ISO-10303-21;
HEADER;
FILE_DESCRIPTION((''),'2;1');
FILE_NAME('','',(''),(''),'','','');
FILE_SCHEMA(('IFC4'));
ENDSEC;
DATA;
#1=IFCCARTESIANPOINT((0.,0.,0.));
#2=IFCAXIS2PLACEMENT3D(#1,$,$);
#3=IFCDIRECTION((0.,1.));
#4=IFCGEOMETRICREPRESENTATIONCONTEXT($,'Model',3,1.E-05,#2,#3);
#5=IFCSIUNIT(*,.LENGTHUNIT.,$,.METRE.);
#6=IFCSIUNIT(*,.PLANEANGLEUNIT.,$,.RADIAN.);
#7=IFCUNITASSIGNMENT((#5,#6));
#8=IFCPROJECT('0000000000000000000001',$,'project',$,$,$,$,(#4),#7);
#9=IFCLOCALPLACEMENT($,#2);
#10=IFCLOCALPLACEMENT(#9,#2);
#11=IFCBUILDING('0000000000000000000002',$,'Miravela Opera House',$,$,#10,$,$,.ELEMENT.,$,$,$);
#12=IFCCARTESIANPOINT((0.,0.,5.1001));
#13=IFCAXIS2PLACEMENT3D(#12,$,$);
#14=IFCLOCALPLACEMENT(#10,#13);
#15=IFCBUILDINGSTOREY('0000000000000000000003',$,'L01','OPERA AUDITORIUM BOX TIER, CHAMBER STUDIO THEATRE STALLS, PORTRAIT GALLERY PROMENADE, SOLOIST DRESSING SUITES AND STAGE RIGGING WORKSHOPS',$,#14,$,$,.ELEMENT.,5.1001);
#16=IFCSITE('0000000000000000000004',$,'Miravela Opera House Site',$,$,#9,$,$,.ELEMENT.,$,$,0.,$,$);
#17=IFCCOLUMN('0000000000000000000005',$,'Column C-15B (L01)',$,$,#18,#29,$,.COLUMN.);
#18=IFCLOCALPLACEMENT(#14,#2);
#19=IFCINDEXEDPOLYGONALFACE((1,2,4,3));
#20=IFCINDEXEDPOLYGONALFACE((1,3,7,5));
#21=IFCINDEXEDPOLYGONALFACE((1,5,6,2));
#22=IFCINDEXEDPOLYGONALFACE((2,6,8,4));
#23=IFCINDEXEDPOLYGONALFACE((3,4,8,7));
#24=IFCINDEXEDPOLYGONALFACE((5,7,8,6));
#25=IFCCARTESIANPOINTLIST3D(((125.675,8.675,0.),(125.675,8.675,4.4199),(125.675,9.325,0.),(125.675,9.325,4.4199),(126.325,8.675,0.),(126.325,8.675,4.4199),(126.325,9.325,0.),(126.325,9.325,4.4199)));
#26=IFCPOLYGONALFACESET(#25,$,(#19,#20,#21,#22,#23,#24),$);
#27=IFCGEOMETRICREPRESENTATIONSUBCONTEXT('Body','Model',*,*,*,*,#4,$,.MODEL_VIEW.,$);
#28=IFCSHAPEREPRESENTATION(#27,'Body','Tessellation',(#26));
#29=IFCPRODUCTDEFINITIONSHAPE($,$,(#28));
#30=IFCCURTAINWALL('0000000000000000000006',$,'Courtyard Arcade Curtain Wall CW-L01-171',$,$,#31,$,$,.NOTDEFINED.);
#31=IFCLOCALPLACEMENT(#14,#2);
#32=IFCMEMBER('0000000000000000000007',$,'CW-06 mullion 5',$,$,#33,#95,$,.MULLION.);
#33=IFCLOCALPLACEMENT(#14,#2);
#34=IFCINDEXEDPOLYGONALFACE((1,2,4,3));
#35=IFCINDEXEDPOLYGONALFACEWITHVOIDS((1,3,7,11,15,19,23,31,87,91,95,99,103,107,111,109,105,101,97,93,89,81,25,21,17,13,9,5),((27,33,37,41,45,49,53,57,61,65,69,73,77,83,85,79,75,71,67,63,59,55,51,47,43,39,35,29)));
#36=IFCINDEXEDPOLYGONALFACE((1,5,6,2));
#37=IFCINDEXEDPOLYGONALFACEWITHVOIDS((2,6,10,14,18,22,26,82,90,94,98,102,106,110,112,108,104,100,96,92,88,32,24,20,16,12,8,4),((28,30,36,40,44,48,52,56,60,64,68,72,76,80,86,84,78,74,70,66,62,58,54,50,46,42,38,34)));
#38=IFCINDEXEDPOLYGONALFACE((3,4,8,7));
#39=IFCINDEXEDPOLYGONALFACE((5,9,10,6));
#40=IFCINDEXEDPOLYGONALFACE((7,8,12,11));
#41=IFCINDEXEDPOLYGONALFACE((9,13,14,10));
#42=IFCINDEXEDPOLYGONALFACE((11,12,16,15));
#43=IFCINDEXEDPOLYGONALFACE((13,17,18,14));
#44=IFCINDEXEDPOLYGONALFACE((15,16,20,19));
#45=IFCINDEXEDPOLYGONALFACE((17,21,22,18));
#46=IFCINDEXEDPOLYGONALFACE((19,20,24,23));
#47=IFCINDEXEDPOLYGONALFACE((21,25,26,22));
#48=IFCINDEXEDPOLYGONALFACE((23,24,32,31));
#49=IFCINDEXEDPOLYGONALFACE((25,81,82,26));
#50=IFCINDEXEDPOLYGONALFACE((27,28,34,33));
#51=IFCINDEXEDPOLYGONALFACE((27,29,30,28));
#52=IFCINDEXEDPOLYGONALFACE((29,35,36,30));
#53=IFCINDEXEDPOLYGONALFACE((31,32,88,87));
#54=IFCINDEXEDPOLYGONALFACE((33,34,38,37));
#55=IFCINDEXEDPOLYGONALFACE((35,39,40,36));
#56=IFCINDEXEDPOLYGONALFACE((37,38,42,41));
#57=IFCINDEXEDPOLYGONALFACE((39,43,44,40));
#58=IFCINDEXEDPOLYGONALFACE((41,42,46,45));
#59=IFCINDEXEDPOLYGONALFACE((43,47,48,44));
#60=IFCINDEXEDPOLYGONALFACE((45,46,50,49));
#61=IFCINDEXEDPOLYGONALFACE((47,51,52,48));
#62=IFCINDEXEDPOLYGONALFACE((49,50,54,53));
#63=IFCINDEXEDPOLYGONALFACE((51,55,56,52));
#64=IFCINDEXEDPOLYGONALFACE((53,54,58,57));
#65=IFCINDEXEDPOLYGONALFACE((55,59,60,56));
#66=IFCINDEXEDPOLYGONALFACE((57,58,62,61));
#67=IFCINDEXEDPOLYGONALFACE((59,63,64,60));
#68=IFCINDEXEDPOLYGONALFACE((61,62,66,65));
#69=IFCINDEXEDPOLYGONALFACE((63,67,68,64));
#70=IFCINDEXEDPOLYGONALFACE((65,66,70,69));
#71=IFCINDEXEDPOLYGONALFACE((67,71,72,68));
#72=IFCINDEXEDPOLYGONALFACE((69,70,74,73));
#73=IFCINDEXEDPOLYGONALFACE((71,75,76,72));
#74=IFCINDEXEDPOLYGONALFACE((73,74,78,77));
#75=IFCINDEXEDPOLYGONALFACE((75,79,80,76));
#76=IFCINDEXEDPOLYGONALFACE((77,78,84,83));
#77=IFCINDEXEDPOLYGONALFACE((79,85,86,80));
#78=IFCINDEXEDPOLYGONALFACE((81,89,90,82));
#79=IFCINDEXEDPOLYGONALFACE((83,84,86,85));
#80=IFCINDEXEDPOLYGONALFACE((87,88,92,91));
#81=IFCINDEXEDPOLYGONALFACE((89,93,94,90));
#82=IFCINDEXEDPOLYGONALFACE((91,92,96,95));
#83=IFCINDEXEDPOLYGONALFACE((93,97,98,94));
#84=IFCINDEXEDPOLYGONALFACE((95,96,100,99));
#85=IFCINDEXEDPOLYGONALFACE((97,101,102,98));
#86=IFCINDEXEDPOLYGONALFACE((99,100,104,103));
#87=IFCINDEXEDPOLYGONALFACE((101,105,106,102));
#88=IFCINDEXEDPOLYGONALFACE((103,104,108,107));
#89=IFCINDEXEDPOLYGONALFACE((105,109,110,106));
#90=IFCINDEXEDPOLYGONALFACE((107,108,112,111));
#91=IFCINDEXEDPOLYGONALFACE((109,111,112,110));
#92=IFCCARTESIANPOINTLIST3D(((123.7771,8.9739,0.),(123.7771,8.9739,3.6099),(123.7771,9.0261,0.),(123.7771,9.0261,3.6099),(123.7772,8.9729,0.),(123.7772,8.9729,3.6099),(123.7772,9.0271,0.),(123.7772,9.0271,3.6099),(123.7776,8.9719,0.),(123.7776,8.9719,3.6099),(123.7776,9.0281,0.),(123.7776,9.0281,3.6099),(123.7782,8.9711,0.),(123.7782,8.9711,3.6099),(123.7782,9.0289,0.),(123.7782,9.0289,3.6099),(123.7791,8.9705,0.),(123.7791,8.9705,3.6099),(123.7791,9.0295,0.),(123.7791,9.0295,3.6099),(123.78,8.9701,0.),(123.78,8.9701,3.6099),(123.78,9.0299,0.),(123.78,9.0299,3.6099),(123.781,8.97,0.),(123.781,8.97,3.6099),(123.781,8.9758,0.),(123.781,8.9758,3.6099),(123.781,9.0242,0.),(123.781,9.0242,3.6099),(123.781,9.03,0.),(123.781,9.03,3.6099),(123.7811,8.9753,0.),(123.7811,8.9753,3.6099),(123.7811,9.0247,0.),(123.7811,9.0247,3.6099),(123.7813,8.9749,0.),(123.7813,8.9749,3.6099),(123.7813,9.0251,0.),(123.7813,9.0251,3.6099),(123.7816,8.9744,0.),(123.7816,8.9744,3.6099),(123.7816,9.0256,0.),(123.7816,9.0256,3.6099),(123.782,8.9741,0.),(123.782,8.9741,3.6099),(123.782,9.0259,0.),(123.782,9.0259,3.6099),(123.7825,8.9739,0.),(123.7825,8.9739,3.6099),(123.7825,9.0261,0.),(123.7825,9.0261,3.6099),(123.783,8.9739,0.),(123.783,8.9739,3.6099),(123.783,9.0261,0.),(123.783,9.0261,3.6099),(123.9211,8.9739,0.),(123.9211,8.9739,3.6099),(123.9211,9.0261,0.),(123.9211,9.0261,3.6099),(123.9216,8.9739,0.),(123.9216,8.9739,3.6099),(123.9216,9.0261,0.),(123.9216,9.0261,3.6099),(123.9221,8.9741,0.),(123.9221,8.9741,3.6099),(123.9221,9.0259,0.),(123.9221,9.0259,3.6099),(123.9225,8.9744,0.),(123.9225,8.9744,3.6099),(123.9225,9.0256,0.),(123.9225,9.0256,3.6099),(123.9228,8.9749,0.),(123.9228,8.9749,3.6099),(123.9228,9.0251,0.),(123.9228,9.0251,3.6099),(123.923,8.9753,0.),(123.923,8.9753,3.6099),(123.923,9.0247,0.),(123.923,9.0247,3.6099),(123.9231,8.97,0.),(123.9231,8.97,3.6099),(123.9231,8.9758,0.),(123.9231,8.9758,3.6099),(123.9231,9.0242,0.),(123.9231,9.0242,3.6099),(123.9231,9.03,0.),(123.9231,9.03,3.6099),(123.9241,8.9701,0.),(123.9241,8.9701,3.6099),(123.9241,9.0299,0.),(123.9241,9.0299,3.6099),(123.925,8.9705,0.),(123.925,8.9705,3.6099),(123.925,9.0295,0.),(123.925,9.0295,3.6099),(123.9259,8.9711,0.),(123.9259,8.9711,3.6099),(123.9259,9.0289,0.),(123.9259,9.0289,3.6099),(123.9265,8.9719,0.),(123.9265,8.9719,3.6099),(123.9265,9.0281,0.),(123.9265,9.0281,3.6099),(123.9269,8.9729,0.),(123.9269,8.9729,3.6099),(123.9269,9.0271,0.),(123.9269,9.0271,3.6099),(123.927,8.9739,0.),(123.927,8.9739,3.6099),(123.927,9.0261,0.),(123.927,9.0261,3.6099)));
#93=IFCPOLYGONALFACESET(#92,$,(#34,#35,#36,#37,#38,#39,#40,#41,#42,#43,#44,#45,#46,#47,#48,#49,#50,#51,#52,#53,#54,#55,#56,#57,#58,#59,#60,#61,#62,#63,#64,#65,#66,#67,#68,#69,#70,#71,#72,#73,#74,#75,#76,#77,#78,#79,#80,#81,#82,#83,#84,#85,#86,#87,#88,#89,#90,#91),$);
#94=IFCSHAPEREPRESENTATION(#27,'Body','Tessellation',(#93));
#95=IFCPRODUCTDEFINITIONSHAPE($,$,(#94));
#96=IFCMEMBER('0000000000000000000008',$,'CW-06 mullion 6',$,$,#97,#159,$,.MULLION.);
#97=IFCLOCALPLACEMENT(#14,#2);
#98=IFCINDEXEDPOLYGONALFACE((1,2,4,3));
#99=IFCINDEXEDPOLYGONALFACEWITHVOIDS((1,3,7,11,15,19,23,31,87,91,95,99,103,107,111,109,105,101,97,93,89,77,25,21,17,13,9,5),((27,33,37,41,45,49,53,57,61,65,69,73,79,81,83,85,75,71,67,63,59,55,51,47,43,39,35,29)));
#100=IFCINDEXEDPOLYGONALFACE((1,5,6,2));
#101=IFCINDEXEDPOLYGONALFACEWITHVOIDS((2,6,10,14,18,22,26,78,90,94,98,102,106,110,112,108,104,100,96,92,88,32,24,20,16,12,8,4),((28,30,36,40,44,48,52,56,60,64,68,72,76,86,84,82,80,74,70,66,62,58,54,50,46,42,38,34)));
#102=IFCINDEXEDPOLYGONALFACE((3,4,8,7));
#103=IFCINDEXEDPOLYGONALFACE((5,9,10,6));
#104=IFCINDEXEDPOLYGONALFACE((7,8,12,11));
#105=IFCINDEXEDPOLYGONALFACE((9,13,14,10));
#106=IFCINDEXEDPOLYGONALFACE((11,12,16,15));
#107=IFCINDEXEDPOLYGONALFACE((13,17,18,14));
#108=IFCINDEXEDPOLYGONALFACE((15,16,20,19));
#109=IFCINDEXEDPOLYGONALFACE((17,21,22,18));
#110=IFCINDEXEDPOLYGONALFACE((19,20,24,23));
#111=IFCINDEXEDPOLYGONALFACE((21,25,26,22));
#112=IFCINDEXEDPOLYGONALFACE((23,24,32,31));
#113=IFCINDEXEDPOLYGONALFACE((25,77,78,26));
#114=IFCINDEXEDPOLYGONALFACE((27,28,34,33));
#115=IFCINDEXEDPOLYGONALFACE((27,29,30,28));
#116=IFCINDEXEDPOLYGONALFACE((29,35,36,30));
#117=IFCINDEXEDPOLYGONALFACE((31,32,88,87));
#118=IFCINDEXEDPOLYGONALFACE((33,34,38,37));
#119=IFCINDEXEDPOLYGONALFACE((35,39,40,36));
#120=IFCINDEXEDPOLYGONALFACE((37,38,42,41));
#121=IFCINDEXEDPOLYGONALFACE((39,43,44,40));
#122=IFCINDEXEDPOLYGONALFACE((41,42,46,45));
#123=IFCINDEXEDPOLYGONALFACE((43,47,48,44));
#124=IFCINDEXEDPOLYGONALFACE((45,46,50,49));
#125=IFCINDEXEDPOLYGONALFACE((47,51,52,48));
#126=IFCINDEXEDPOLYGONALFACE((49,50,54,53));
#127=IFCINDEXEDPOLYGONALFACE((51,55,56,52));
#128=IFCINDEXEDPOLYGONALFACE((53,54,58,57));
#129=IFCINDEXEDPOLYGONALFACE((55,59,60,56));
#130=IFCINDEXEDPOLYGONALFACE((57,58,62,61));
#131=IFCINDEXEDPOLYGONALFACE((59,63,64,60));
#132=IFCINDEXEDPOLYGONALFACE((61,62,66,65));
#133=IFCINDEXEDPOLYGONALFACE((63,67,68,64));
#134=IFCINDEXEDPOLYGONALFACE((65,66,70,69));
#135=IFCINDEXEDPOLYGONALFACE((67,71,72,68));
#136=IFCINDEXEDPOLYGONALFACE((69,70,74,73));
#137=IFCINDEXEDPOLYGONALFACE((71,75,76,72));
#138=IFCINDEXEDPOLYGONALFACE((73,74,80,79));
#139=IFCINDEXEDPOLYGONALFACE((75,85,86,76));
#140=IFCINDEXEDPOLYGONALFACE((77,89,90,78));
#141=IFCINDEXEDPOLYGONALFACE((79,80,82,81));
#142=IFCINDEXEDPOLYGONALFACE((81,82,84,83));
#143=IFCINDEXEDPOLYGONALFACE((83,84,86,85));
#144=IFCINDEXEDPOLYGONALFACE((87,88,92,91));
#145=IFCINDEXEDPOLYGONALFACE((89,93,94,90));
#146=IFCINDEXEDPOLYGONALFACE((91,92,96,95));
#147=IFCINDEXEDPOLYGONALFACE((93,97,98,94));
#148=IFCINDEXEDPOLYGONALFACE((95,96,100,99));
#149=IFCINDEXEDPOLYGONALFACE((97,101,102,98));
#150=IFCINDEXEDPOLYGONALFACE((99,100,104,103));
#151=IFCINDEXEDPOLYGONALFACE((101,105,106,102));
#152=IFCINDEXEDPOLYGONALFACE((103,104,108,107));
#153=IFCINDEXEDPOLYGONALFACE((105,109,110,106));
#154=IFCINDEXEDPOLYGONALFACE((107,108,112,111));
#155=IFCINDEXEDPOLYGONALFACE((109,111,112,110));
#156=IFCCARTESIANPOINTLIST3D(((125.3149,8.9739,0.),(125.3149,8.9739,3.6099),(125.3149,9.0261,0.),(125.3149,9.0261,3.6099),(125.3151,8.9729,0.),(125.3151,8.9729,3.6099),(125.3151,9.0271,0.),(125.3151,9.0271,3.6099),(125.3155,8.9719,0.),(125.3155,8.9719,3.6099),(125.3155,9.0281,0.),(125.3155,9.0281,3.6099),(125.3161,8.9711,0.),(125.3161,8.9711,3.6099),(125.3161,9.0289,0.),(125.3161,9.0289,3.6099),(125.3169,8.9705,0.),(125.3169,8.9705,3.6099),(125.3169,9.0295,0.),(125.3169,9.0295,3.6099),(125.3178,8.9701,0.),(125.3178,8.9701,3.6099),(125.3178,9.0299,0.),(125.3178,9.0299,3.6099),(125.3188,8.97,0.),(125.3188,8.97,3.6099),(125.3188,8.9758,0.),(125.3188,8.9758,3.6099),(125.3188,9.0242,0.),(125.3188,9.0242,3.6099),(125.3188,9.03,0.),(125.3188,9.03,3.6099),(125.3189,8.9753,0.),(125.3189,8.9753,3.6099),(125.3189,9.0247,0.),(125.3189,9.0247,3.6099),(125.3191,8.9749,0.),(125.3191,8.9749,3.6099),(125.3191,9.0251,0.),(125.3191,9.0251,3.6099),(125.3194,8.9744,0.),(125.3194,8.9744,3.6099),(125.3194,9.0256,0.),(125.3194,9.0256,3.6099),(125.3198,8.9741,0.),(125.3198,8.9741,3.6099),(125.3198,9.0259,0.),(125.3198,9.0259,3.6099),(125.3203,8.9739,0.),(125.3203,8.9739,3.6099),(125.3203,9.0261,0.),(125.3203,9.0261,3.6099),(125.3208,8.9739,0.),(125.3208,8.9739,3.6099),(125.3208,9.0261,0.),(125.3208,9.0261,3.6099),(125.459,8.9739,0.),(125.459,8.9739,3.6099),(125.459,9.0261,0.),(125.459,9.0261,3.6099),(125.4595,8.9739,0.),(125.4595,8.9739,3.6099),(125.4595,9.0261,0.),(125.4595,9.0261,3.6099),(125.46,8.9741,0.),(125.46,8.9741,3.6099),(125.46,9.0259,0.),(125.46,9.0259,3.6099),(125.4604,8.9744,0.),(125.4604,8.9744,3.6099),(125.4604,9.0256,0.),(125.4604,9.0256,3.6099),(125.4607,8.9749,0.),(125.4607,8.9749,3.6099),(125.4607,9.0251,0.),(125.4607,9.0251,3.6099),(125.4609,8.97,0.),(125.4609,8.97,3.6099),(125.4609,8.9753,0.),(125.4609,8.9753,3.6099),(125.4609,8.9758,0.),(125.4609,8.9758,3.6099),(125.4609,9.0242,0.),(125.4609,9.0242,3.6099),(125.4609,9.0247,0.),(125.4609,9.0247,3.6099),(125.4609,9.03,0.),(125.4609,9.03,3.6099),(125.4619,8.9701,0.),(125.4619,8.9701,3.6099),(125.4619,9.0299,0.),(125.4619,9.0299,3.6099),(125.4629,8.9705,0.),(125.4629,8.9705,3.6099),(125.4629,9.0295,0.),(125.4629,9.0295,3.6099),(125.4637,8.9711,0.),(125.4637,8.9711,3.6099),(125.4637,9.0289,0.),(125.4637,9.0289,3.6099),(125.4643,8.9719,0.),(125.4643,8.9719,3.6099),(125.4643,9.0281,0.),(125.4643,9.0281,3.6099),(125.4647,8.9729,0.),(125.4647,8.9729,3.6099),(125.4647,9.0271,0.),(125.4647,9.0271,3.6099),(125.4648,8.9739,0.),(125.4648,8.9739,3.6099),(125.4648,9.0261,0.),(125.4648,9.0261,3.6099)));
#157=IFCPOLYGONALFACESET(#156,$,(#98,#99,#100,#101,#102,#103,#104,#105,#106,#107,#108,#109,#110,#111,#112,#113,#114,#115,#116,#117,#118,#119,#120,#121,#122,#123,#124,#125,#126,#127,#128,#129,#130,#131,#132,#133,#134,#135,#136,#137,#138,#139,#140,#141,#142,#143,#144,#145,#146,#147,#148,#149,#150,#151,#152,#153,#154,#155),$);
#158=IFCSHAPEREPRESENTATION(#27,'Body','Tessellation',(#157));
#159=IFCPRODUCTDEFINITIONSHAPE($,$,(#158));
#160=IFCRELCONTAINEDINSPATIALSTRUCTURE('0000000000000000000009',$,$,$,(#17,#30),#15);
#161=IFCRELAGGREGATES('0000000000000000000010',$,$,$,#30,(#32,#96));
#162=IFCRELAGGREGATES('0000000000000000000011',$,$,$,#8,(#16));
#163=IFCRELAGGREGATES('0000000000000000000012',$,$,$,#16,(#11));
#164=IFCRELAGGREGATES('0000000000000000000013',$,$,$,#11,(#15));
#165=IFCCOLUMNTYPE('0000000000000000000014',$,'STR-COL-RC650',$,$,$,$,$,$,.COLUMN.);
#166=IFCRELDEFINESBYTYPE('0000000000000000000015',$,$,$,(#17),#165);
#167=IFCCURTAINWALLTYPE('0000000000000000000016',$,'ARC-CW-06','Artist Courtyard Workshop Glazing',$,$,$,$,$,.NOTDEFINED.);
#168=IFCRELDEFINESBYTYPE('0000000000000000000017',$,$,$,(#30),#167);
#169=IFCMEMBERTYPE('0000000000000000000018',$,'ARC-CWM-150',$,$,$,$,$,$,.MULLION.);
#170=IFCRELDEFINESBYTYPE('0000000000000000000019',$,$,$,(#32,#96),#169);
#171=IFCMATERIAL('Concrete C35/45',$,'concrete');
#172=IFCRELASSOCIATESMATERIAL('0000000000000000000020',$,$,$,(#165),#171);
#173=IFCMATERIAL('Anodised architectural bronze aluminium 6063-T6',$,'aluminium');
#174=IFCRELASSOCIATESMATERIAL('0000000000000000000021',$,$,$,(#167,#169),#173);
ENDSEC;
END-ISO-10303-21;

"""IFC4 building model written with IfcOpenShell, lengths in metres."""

from ifc_helpers import new_model, si_unit, direction, frame, origin, origin_2d, place, context, subcontext, project, spatial, rectangle, hollow_rectangle, extrude, material, material_profile, profile_set, type_object, element, aggregate, save


model = new_model("IFC4")

# Units and contexts
model_context = context("Model", 3, precision=1e-05, world=origin(), true_north=direction((0.0, 1.0)))
body_context = subcontext(model_context, "Body", "Model", "MODEL_VIEW")
ifc_project = project(units=[si_unit("LENGTHUNIT", "METRE"), si_unit("PLANEANGLEUNIT", "RADIAN")], contexts=[model_context])

# Site, building, storey
site_placement = place(None, origin())
site = spatial("IfcSite", under=ifc_project, at=site_placement, Name="Miravela Opera House Site", CompositionType="ELEMENT", RefElevation=0.0)
building_placement = place(site_placement, origin())
building = spatial("IfcBuilding", under=site, at=building_placement, Name="Miravela Opera House", CompositionType="ELEMENT")
storey_placement = place(building_placement, frame((0.0, 0.0, 5.1001)))
storey = spatial("IfcBuildingStorey", under=building, at=storey_placement, Name="L01", Description="OPERA AUDITORIUM BOX TIER, CHAMBER STUDIO THEATRE STALLS, PORTRAIT GALLERY PROMENADE, SOLOIST DRESSING SUITES AND STAGE RIGGING WORKSHOPS", CompositionType="ELEMENT", Elevation=5.1001)

# Column
ifc_material_1 = material(Name="Concrete C35/45", Category="concrete")
ifc_material_profile_1 = material_profile(ifc_material_1, rectangle(XDim=0.6499, YDim=0.6499, at=origin_2d()), Name="RC-COL-650X650")
ifc_profile_set_1 = profile_set([ifc_material_profile_1])
column_type = type_object("IfcColumnType", Name="STR-COL-RC650", PredefinedType="COLUMN", material=ifc_profile_set_1)
column_placement = place(storey_placement, frame((126.0, 9.0, 0.0), z_axis=(0.0, 0.0, 1.0), x_axis=(1.0, 0.0, 0.0)))
element("IfcColumn", 1, at=column_placement, inside=storey, type_object=column_type, Name="Column C-15B (L01)", PredefinedType="COLUMN", context=body_context, shape_type="SweptSolid", body=[
    extrude(rectangle(XDim=0.6499, YDim=0.6499, at=origin_2d()), origin(), (0.0, 0.0, 1.0), 4.4199),
])

# Curtain wall, members
ifc_material_2 = material(Name="Anodised architectural bronze aluminium 6063-T6", Category="aluminium")
curtain_wall_type = type_object("IfcCurtainWallType", Name="ARC-CW-06", Description="Artist Courtyard Workshop Glazing", PredefinedType="NOTDEFINED", material=ifc_material_2)
curtain_wall_1_placement = place(storey_placement, origin())
curtain_wall_1 = element("IfcCurtainWall", 2, at=curtain_wall_1_placement, inside=storey, type_object=curtain_wall_type, Name="Courtyard Arcade Curtain Wall CW-L01-171", PredefinedType="NOTDEFINED")
ifc_material_profile_2 = material_profile(ifc_material_2, hollow_rectangle(XDim=0.0601, YDim=0.1499, WallThickness=0.0039, InnerFilletRadius=0.002, OuterFilletRadius=0.0039, at=origin_2d()), Name="CWM-60X150")
ifc_profile_set_2 = profile_set([ifc_material_profile_2])
member_type_1 = type_object("IfcMemberType", Name="ARC-CWM-150", PredefinedType="MULLION", material=ifc_profile_set_2)
member_1_placement = place(storey_placement, frame((123.8521, 9.0, 0.0), z_axis=(0.0, 0.0, 1.0), x_axis=(0.0, 1.0, 0.0)))
member_1 = element("IfcMember", 3, at=member_1_placement, type_object=member_type_1, Name="CW-06 mullion 5", PredefinedType="MULLION", context=body_context, shape_type="SweptSolid", body=[
    extrude(hollow_rectangle(XDim=0.0601, YDim=0.1499, WallThickness=0.0039, InnerFilletRadius=0.002, OuterFilletRadius=0.0039, at=origin_2d()), origin(), (0.0, 0.0, 1.0), 3.6099),
])
member_2_placement = place(storey_placement, frame((125.3899, 9.0, 0.0), z_axis=(0.0, 0.0, 1.0), x_axis=(0.0, 1.0, 0.0)))
member_2 = element("IfcMember", 4, at=member_2_placement, type_object=member_type_1, Name="CW-06 mullion 6", PredefinedType="MULLION", context=body_context, shape_type="SweptSolid", body=[
    extrude(hollow_rectangle(XDim=0.0601, YDim=0.1499, WallThickness=0.0039, InnerFilletRadius=0.002, OuterFilletRadius=0.0039, at=origin_2d()), origin(), (0.0, 0.0, 1.0), 3.6099),
])

aggregate(curtain_wall_1, [member_1, member_2])

save(model, "model.ifc")
